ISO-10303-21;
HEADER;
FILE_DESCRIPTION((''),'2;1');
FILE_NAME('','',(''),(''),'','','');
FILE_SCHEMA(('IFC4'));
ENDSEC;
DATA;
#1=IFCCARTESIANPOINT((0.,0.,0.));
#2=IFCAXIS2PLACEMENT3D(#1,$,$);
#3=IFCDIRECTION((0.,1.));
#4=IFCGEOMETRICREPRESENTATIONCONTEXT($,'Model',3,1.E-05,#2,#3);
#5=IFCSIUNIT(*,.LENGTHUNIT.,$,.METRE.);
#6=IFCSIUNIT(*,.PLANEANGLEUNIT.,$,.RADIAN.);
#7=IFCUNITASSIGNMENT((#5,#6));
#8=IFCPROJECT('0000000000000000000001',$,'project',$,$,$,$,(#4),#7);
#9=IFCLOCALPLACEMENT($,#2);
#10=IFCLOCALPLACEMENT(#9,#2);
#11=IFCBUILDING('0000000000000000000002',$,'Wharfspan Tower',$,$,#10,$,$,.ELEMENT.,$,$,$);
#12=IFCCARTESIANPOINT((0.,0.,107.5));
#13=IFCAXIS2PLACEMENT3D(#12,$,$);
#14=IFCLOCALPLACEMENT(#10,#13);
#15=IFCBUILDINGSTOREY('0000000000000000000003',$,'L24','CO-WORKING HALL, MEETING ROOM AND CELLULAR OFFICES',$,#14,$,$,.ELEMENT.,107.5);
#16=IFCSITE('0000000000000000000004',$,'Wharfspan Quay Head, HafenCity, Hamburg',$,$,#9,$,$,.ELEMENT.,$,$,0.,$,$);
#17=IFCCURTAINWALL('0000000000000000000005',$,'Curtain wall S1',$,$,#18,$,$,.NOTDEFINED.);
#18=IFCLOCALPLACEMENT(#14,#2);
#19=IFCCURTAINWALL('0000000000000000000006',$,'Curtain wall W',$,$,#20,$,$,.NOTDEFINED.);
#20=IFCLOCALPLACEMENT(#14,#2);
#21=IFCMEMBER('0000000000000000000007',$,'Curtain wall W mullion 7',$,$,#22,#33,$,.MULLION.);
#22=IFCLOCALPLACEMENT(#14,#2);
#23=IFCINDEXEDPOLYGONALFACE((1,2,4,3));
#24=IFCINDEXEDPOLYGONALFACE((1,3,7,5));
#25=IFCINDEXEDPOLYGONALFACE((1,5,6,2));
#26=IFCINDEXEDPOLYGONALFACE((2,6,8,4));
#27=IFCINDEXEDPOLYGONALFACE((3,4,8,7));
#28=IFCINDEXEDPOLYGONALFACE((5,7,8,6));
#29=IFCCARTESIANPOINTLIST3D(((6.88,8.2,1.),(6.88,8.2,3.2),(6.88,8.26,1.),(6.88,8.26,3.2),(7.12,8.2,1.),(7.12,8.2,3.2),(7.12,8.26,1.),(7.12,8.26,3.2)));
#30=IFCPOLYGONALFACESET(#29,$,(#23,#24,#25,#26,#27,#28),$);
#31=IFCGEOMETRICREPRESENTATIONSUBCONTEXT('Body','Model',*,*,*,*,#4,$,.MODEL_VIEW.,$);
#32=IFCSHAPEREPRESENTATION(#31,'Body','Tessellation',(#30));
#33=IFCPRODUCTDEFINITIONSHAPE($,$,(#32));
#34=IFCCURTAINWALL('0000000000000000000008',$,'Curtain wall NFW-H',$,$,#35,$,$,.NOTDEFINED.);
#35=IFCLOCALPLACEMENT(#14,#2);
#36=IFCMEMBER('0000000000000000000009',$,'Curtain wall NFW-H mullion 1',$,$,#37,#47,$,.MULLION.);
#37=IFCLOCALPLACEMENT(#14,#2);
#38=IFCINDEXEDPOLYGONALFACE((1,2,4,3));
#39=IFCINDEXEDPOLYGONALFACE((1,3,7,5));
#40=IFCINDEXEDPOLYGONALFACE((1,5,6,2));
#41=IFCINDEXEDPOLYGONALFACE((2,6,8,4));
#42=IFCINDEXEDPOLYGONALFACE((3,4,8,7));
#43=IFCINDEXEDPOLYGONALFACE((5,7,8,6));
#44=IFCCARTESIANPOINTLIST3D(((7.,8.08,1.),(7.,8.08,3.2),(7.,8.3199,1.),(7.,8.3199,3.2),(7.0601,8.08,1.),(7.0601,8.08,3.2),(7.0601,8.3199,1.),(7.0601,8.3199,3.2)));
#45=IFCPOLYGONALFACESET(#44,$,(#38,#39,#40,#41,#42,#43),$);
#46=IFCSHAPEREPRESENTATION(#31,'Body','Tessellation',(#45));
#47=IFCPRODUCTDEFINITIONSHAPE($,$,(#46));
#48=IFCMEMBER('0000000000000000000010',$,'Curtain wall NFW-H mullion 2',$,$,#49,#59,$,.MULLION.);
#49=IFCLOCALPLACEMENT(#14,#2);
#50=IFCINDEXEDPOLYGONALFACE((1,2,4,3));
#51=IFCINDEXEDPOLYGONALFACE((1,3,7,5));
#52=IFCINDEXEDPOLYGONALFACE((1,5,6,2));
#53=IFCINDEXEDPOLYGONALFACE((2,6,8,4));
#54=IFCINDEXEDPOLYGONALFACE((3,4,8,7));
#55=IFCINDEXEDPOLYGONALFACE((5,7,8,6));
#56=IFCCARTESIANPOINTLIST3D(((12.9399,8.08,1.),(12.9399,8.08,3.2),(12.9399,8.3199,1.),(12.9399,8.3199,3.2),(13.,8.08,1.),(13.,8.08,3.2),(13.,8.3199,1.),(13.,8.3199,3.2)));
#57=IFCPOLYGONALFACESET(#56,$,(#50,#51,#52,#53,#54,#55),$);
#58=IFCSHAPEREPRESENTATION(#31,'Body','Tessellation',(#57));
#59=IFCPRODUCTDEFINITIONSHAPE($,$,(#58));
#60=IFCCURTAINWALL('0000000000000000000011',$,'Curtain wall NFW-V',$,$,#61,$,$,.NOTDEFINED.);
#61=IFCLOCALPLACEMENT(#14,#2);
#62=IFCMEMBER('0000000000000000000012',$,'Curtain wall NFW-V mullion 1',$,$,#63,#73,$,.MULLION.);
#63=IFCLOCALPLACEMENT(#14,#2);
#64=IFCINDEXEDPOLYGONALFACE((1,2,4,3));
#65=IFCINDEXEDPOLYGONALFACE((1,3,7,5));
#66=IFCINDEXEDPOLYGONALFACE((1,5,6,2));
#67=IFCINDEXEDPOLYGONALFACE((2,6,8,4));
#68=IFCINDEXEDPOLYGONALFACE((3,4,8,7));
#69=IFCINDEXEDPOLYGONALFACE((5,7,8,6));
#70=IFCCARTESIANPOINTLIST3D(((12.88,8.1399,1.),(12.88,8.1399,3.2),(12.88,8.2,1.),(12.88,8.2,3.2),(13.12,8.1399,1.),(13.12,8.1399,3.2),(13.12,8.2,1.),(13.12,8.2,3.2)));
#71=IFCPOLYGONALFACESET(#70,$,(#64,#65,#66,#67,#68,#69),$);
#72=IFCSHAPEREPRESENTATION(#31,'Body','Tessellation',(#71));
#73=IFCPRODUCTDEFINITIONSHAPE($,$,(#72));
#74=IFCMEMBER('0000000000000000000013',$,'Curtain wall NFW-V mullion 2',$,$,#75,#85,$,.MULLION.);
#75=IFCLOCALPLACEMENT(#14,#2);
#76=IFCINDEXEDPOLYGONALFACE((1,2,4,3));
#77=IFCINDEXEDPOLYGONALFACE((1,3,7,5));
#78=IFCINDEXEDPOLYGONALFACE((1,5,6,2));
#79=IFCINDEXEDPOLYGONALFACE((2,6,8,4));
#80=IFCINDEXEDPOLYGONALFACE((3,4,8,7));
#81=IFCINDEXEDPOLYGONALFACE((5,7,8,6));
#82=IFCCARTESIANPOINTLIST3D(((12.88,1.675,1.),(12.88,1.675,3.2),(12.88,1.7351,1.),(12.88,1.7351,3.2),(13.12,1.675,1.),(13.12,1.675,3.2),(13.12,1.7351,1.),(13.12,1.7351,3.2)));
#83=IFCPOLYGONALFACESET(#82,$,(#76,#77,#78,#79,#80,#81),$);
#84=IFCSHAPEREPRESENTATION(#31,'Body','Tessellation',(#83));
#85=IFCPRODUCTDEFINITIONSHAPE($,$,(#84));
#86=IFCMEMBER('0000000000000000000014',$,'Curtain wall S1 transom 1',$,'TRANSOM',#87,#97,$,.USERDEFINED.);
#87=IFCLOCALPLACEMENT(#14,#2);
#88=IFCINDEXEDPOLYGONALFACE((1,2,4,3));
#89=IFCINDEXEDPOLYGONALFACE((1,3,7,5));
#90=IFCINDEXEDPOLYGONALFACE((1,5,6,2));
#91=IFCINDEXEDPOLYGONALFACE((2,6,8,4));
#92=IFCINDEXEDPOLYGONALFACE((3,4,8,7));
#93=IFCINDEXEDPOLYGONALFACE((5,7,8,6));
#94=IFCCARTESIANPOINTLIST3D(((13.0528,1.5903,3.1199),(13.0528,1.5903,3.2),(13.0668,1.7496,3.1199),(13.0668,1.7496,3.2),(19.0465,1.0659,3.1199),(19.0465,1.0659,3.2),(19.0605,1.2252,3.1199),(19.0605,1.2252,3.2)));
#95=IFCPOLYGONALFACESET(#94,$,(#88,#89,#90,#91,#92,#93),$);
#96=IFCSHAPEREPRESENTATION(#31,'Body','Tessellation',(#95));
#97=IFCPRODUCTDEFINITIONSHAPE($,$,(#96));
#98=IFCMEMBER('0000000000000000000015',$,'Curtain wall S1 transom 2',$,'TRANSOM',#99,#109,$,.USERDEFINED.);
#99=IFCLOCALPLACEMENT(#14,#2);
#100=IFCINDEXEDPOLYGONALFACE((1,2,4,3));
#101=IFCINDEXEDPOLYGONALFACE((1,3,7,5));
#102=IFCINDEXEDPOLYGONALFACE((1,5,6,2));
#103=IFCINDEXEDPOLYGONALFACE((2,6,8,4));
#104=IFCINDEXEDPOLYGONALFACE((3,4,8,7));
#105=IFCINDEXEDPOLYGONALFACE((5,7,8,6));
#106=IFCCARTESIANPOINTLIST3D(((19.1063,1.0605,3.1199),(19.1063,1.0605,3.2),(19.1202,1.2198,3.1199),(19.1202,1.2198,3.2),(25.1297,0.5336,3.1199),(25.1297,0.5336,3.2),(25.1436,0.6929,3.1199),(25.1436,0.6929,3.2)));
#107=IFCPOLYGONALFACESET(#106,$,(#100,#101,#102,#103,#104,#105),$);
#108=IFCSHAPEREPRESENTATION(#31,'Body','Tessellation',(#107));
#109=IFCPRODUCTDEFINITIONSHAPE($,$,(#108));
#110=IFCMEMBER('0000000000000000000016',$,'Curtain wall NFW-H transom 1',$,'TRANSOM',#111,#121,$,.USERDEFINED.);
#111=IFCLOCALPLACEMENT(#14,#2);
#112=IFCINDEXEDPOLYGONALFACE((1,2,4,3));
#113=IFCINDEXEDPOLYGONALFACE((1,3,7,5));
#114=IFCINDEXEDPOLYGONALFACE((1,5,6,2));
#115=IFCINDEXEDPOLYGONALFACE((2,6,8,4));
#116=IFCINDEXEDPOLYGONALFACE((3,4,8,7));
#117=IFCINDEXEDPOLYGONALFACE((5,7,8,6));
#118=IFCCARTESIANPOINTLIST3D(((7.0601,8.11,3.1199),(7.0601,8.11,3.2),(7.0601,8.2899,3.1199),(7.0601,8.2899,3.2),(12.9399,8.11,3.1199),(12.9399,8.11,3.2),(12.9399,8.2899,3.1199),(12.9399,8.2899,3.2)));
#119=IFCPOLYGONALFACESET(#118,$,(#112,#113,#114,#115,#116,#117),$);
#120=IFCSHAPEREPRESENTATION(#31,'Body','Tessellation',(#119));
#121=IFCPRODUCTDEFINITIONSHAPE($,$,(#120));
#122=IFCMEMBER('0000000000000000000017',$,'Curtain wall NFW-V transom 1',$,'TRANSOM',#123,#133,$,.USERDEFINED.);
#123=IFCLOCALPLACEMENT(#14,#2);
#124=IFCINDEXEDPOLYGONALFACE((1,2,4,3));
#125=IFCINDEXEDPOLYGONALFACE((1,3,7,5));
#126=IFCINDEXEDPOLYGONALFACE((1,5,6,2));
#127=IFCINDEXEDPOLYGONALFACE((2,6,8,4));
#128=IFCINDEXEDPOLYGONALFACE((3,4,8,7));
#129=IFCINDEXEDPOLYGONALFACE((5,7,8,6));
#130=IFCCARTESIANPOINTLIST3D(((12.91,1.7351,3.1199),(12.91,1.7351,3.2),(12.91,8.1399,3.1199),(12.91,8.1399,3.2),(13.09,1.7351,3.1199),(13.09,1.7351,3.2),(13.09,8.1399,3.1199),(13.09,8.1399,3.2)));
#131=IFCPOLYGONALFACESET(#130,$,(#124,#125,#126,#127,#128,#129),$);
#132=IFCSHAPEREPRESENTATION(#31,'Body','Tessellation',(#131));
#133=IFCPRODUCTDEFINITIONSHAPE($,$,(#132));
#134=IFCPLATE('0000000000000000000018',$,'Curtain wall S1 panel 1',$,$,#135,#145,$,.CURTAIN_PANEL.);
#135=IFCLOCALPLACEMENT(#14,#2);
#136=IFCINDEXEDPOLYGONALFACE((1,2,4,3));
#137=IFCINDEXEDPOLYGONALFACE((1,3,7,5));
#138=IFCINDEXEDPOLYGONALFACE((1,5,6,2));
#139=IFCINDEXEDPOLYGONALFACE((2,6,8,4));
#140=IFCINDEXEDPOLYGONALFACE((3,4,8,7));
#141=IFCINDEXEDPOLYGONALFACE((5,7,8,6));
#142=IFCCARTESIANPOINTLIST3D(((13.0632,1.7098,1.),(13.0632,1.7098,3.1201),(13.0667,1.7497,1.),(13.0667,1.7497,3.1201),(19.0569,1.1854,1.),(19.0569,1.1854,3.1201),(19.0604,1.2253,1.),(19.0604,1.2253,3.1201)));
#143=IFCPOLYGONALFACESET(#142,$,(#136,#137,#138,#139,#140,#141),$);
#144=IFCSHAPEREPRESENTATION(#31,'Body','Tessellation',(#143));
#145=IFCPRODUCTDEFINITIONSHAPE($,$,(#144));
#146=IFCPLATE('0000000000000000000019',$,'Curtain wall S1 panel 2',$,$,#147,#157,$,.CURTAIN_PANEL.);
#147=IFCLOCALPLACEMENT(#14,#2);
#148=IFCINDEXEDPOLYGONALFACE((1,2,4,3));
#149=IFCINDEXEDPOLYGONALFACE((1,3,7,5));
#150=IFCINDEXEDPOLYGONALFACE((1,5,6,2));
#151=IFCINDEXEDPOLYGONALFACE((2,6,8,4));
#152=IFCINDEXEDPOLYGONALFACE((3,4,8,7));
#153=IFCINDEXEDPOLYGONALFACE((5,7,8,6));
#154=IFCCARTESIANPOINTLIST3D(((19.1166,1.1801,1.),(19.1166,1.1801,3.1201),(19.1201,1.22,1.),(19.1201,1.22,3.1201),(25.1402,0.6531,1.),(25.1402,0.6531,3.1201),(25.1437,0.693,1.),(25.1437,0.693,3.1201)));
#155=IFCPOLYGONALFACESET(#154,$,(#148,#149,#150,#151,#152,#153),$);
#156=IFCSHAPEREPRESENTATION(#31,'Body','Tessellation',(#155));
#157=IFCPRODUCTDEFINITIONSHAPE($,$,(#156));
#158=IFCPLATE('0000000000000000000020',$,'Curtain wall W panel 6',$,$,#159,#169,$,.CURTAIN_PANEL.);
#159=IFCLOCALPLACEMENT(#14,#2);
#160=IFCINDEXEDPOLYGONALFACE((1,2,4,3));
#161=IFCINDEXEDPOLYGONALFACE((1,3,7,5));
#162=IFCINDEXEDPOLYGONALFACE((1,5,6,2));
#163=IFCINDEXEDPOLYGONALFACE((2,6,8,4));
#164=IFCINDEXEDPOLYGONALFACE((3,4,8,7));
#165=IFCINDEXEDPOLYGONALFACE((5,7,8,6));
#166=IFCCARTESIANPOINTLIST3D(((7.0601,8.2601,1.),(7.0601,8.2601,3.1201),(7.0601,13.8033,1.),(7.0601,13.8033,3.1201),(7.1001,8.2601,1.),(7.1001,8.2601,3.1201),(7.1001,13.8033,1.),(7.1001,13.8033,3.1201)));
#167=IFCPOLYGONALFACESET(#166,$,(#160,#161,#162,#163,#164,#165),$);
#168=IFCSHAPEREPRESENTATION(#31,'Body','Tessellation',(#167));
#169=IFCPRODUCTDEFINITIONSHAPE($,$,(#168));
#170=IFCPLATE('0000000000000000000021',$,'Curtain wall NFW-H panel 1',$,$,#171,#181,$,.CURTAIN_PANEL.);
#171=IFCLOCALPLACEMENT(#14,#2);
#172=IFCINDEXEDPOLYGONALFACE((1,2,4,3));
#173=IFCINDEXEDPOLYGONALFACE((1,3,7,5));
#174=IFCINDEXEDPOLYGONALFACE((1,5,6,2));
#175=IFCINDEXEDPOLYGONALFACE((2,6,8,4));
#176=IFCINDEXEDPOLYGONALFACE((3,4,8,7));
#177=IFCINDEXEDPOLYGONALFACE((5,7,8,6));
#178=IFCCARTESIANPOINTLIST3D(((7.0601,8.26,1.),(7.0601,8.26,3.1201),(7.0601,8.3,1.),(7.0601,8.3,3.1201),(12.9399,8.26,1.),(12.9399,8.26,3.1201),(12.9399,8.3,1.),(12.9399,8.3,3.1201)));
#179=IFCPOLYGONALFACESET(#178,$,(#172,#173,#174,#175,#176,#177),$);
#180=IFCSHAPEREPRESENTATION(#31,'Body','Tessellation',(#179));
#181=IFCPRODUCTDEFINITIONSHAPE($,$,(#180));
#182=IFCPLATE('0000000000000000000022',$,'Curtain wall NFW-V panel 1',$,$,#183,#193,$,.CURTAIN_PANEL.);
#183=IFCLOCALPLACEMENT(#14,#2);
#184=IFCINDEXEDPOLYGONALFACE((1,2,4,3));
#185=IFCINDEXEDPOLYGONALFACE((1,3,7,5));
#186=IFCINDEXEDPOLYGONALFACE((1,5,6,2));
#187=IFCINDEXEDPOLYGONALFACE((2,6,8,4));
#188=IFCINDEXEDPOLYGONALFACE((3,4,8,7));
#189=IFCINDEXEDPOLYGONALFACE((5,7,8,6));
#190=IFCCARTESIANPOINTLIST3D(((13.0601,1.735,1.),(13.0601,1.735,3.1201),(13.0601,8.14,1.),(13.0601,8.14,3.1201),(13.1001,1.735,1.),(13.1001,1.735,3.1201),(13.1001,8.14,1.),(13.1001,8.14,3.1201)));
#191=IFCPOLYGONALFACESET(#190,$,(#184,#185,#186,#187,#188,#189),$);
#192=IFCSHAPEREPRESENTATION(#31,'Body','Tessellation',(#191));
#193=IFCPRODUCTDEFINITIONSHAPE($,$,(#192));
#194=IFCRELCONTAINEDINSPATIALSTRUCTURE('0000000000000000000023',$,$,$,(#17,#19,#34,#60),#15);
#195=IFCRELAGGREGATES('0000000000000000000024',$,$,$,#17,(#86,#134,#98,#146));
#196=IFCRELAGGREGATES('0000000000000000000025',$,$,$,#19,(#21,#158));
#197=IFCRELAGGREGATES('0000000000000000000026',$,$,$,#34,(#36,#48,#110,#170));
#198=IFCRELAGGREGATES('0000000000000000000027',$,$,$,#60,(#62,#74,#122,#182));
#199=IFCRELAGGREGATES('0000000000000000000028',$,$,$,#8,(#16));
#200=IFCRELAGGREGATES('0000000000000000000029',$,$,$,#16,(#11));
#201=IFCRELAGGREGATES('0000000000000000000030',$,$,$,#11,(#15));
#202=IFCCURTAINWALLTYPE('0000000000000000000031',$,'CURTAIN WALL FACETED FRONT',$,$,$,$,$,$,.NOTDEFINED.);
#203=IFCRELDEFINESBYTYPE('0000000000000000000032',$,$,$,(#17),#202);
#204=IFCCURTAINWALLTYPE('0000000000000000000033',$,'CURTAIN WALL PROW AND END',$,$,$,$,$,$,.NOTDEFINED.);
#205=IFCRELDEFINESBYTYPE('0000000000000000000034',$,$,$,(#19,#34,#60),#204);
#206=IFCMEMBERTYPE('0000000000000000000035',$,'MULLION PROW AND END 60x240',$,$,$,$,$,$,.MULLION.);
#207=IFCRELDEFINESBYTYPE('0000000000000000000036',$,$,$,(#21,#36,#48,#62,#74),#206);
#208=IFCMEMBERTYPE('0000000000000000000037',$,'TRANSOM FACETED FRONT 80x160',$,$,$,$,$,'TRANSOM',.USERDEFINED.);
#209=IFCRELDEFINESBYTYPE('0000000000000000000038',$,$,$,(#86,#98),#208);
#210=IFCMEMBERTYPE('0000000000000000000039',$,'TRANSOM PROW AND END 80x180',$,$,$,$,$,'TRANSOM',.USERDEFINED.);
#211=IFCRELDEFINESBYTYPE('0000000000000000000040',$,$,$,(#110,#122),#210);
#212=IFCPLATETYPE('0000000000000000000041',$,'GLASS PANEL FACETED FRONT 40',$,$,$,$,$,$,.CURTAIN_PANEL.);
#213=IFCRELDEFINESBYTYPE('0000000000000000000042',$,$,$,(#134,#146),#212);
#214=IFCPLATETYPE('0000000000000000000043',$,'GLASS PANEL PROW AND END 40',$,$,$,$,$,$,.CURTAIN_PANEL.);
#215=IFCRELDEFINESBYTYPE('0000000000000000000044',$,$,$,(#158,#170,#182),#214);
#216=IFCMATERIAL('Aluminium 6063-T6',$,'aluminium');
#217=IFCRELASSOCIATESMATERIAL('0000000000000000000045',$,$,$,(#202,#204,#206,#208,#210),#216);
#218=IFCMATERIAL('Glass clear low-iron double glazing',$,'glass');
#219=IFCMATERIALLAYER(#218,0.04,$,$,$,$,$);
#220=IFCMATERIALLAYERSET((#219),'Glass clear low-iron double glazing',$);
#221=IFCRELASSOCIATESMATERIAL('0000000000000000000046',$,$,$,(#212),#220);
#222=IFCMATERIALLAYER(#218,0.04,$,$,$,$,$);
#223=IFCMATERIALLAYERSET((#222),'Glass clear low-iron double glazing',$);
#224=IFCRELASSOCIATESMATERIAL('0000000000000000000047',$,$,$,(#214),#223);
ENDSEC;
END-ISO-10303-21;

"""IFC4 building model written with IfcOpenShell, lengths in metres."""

from ifc_helpers import new_model, si_unit, direction, frame, origin, origin_2d, place, context, subcontext, project, spatial, rectangle, extrude, material, layer, layer_set, material_profile, profile_set, type_object, element, aggregate, save


model = new_model("IFC4")

# Units and contexts
model_context = context("Model", 3, precision=1e-05, world=origin(), true_north=direction((0.0, 1.0)))
body_context = subcontext(model_context, "Body", "Model", "MODEL_VIEW")
ifc_project = project(units=[si_unit("LENGTHUNIT", "METRE"), si_unit("PLANEANGLEUNIT", "RADIAN")], contexts=[model_context])

# Site, building, storey
site_placement = place(None, origin())
site = spatial("IfcSite", under=ifc_project, at=site_placement, Name="Wharfspan Quay Head, HafenCity, Hamburg", CompositionType="ELEMENT", RefElevation=0.0)
building_placement = place(site_placement, origin())
building = spatial("IfcBuilding", under=site, at=building_placement, Name="Wharfspan Tower", CompositionType="ELEMENT")
storey_placement = place(building_placement, frame((0.0, 0.0, 107.5)))
storey = spatial("IfcBuildingStorey", under=building, at=storey_placement, Name="L24", Description="CO-WORKING HALL, MEETING ROOM AND CELLULAR OFFICES", CompositionType="ELEMENT", Elevation=107.5)

# Curtain wall
ifc_material_1 = material(Name="Aluminium 6063-T6", Category="aluminium")
curtain_wall_type_1 = type_object("IfcCurtainWallType", Name="CURTAIN WALL FACETED FRONT", PredefinedType="NOTDEFINED", material=ifc_material_1)
curtain_wall_1_placement = place(storey_placement, origin())
curtain_wall_1 = element("IfcCurtainWall", 1, at=curtain_wall_1_placement, inside=storey, type_object=curtain_wall_type_1, Name="Curtain wall S1", PredefinedType="NOTDEFINED")

# Curtain wall, member
curtain_wall_type_2 = type_object("IfcCurtainWallType", Name="CURTAIN WALL PROW AND END", PredefinedType="NOTDEFINED", material=ifc_material_1)
curtain_wall_2_placement = place(storey_placement, origin())
curtain_wall_2 = element("IfcCurtainWall", 2, at=curtain_wall_2_placement, inside=storey, type_object=curtain_wall_type_2, Name="Curtain wall W", PredefinedType="NOTDEFINED")
ifc_material_profile_1 = material_profile(ifc_material_1, rectangle(XDim=0.24, YDim=0.0601, at=origin_2d()))
ifc_profile_set_1 = profile_set([ifc_material_profile_1], Name="Aluminium 6063-T6")
member_type_1 = type_object("IfcMemberType", Name="MULLION PROW AND END 60x240", PredefinedType="MULLION", material=ifc_profile_set_1)
member_1_placement = place(storey_placement, frame((7.0, 8.23, 1.0), z_axis=(0.0, 0.0, 1.0), x_axis=(1.0, 0.0, 0.0)))
member_1 = element("IfcMember", 3, at=member_1_placement, type_object=member_type_1, Name="Curtain wall W mullion 7", PredefinedType="MULLION", context=body_context, shape_type="SweptSolid", body=[
    extrude(rectangle(XDim=0.24, YDim=0.0601, at=origin_2d()), origin(), (0.0, 0.0, 1.0), 2.2),
])

# Curtain walls, members
curtain_wall_3_placement = place(storey_placement, origin())
curtain_wall_3 = element("IfcCurtainWall", 4, at=curtain_wall_3_placement, inside=storey, type_object=curtain_wall_type_2, Name="Curtain wall NFW-H", PredefinedType="NOTDEFINED")
member_2_placement = place(storey_placement, frame((7.03, 8.2, 1.0), z_axis=(0.0, 0.0, 1.0), x_axis=(0.0, 1.0, 0.0)))
member_2 = element("IfcMember", 5, at=member_2_placement, type_object=member_type_1, Name="Curtain wall NFW-H mullion 1", PredefinedType="MULLION", context=body_context, shape_type="SweptSolid", body=[
    extrude(rectangle(XDim=0.24, YDim=0.0601, at=origin_2d()), origin(), (0.0, 0.0, 1.0), 2.2),
])
member_3_placement = place(storey_placement, frame((12.97, 8.2, 1.0), z_axis=(0.0, 0.0, 1.0), x_axis=(0.0, 1.0, 0.0)))
member_3 = element("IfcMember", 6, at=member_3_placement, type_object=member_type_1, Name="Curtain wall NFW-H mullion 2", PredefinedType="MULLION", context=body_context, shape_type="SweptSolid", body=[
    extrude(rectangle(XDim=0.24, YDim=0.0601, at=origin_2d()), origin(), (0.0, 0.0, 1.0), 2.2),
])
curtain_wall_4_placement = place(storey_placement, origin())
curtain_wall_4 = element("IfcCurtainWall", 7, at=curtain_wall_4_placement, inside=storey, type_object=curtain_wall_type_2, Name="Curtain wall NFW-V", PredefinedType="NOTDEFINED")
member_4_placement = place(storey_placement, frame((13.0, 8.1699, 1.0), z_axis=(0.0, 0.0, 1.0), x_axis=(1.0, 0.0, 0.0)))
member_4 = element("IfcMember", 8, at=member_4_placement, type_object=member_type_1, Name="Curtain wall NFW-V mullion 1", PredefinedType="MULLION", context=body_context, shape_type="SweptSolid", body=[
    extrude(rectangle(XDim=0.24, YDim=0.0601, at=origin_2d()), origin(), (0.0, 0.0, 1.0), 2.2),
])
member_5_placement = place(storey_placement, frame((13.0, 1.7051, 1.0), z_axis=(0.0, 0.0, 1.0), x_axis=(1.0, 0.0, 0.0)))
member_5 = element("IfcMember", 9, at=member_5_placement, type_object=member_type_1, Name="Curtain wall NFW-V mullion 2", PredefinedType="MULLION", context=body_context, shape_type="SweptSolid", body=[
    extrude(rectangle(XDim=0.24, YDim=0.0601, at=origin_2d()), origin(), (0.0, 0.0, 1.0), 2.2),
])

# Members
ifc_material_profile_2 = material_profile(ifc_material_1, rectangle(XDim=0.1599, YDim=0.0801, at=origin_2d()))
ifc_profile_set_2 = profile_set([ifc_material_profile_2], Name="Aluminium 6063-T6")
member_type_2 = type_object("IfcMemberType", Name="TRANSOM FACETED FRONT 80x160", ElementType="TRANSOM", PredefinedType="USERDEFINED", material=ifc_profile_set_2)
member_6_placement = place(storey_placement, frame((13.0598, 1.6699, 3.1599), z_axis=(0.996194, -0.087162, 0.0), x_axis=(0.087162, 0.996194, 0.0)))
member_6 = element("IfcMember", 10, at=member_6_placement, type_object=member_type_2, Name="Curtain wall S1 transom 1", ObjectType="TRANSOM", PredefinedType="USERDEFINED", context=body_context, shape_type="SweptSolid", body=[
    extrude(rectangle(XDim=0.1599, YDim=0.0801, at=origin_2d()), origin(), (0.0, 0.0, 1.0), 6.0166),
])
member_7_placement = place(storey_placement, frame((19.1133, 1.1401, 3.1599), z_axis=(0.996197, -0.087135, 0.0), x_axis=(0.087135, 0.996197, 0.0)))
member_7 = element("IfcMember", 11, at=member_7_placement, type_object=member_type_2, Name="Curtain wall S1 transom 2", ObjectType="TRANSOM", PredefinedType="USERDEFINED", context=body_context, shape_type="SweptSolid", body=[
    extrude(rectangle(XDim=0.1599, YDim=0.0801, at=origin_2d()), origin(), (0.0, 0.0, 1.0), 6.0464),
])
ifc_material_profile_3 = material_profile(ifc_material_1, rectangle(XDim=0.1799, YDim=0.0801, at=origin_2d()))
ifc_profile_set_3 = profile_set([ifc_material_profile_3], Name="Aluminium 6063-T6")
member_type_3 = type_object("IfcMemberType", Name="TRANSOM PROW AND END 80x180", ElementType="TRANSOM", PredefinedType="USERDEFINED", material=ifc_profile_set_3)
member_8_placement = place(storey_placement, frame((7.0601, 8.2, 3.1599), z_axis=(1.0, 0.0, 0.0), x_axis=(0.0, 1.0, 0.0)))
member_8 = element("IfcMember", 12, at=member_8_placement, type_object=member_type_3, Name="Curtain wall NFW-H transom 1", ObjectType="TRANSOM", PredefinedType="USERDEFINED", context=body_context, shape_type="SweptSolid", body=[
    extrude(rectangle(XDim=0.1799, YDim=0.0801, at=origin_2d()), origin(), (0.0, 0.0, 1.0), 5.8799),
])
member_9_placement = place(storey_placement, frame((13.0, 8.1399, 3.1599), z_axis=(0.0, -1.0, 0.0), x_axis=(1.0, 0.0, 0.0)))
member_9 = element("IfcMember", 13, at=member_9_placement, type_object=member_type_3, Name="Curtain wall NFW-V transom 1", ObjectType="TRANSOM", PredefinedType="USERDEFINED", context=body_context, shape_type="SweptSolid", body=[
    extrude(rectangle(XDim=0.1799, YDim=0.0801, at=origin_2d()), origin(), (0.0, 0.0, 1.0), 6.4048),
])

# Plates
ifc_material_2 = material(Name="Glass clear low-iron double glazing", Category="glass")
ifc_layer_1 = layer(ifc_material_2, 0.04)
ifc_layer_set_1 = layer_set([ifc_layer_1], Name="Glass clear low-iron double glazing")
plate_type_1 = type_object("IfcPlateType", Name="GLASS PANEL FACETED FRONT 40", PredefinedType="CURTAIN_PANEL", material=ifc_layer_set_1)
plate_1_placement = place(storey_placement, frame((16.0618, 1.4675, 1.0), z_axis=(0.0, 0.0, 1.0), x_axis=(0.996198, -0.087156, 0.0)))
plate_1 = element("IfcPlate", 14, at=plate_1_placement, type_object=plate_type_1, Name="Curtain wall S1 panel 1", PredefinedType="CURTAIN_PANEL", context=body_context, shape_type="SweptSolid", body=[
    extrude(rectangle(XDim=6.0166, YDim=0.04, at=origin_2d()), origin(), (0.0, 0.0, 1.0), 2.1201),
])
plate_2_placement = place(storey_placement, frame((22.1301, 0.9365, 1.0), z_axis=(0.0, 0.0, 1.0), x_axis=(0.996198, -0.087156, 0.0)))
plate_2 = element("IfcPlate", 15, at=plate_2_placement, type_object=plate_type_1, Name="Curtain wall S1 panel 2", PredefinedType="CURTAIN_PANEL", context=body_context, shape_type="SweptSolid", body=[
    extrude(rectangle(XDim=6.0466, YDim=0.04, at=origin_2d()), origin(), (0.0, 0.0, 1.0), 2.1201),
])
aggregate(curtain_wall_1, [member_6, plate_1, member_7, plate_2])
ifc_layer_2 = layer(ifc_material_2, 0.04)
ifc_layer_set_2 = layer_set([ifc_layer_2], Name="Glass clear low-iron double glazing")
plate_type_2 = type_object("IfcPlateType", Name="GLASS PANEL PROW AND END 40", PredefinedType="CURTAIN_PANEL", material=ifc_layer_set_2)
plate_3_placement = place(storey_placement, frame((7.0801, 11.0317, 1.0), z_axis=(0.0, 0.0, 1.0), x_axis=(0.0, -1.0, 0.0)))
plate_3 = element("IfcPlate", 16, at=plate_3_placement, type_object=plate_type_2, Name="Curtain wall W panel 6", PredefinedType="CURTAIN_PANEL", context=body_context, shape_type="SweptSolid", body=[
    extrude(rectangle(XDim=5.5432, YDim=0.04, at=origin_2d()), origin(), (0.0, 0.0, 1.0), 2.1201),
])
aggregate(curtain_wall_2, [member_1, plate_3])
plate_4_placement = place(storey_placement, frame((10.0, 8.28, 1.0), z_axis=(0.0, 0.0, 1.0), x_axis=(1.0, 0.0, 0.0)))
plate_4 = element("IfcPlate", 17, at=plate_4_placement, type_object=plate_type_2, Name="Curtain wall NFW-H panel 1", PredefinedType="CURTAIN_PANEL", context=body_context, shape_type="SweptSolid", body=[
    extrude(rectangle(XDim=5.8799, YDim=0.04, at=origin_2d()), origin(), (0.0, 0.0, 1.0), 2.1201),
])
aggregate(curtain_wall_3, [member_2, member_3, member_8, plate_4])
plate_5_placement = place(storey_placement, frame((13.0801, 4.9375, 1.0), z_axis=(0.0, 0.0, 1.0), x_axis=(0.0, -1.0, 0.0)))
plate_5 = element("IfcPlate", 18, at=plate_5_placement, type_object=plate_type_2, Name="Curtain wall NFW-V panel 1", PredefinedType="CURTAIN_PANEL", context=body_context, shape_type="SweptSolid", body=[
    extrude(rectangle(XDim=6.405, YDim=0.04, at=origin_2d()), origin(), (0.0, 0.0, 1.0), 2.1201),
])
aggregate(curtain_wall_4, [member_4, member_5, member_9, plate_5])

save(model, "model.ifc")
